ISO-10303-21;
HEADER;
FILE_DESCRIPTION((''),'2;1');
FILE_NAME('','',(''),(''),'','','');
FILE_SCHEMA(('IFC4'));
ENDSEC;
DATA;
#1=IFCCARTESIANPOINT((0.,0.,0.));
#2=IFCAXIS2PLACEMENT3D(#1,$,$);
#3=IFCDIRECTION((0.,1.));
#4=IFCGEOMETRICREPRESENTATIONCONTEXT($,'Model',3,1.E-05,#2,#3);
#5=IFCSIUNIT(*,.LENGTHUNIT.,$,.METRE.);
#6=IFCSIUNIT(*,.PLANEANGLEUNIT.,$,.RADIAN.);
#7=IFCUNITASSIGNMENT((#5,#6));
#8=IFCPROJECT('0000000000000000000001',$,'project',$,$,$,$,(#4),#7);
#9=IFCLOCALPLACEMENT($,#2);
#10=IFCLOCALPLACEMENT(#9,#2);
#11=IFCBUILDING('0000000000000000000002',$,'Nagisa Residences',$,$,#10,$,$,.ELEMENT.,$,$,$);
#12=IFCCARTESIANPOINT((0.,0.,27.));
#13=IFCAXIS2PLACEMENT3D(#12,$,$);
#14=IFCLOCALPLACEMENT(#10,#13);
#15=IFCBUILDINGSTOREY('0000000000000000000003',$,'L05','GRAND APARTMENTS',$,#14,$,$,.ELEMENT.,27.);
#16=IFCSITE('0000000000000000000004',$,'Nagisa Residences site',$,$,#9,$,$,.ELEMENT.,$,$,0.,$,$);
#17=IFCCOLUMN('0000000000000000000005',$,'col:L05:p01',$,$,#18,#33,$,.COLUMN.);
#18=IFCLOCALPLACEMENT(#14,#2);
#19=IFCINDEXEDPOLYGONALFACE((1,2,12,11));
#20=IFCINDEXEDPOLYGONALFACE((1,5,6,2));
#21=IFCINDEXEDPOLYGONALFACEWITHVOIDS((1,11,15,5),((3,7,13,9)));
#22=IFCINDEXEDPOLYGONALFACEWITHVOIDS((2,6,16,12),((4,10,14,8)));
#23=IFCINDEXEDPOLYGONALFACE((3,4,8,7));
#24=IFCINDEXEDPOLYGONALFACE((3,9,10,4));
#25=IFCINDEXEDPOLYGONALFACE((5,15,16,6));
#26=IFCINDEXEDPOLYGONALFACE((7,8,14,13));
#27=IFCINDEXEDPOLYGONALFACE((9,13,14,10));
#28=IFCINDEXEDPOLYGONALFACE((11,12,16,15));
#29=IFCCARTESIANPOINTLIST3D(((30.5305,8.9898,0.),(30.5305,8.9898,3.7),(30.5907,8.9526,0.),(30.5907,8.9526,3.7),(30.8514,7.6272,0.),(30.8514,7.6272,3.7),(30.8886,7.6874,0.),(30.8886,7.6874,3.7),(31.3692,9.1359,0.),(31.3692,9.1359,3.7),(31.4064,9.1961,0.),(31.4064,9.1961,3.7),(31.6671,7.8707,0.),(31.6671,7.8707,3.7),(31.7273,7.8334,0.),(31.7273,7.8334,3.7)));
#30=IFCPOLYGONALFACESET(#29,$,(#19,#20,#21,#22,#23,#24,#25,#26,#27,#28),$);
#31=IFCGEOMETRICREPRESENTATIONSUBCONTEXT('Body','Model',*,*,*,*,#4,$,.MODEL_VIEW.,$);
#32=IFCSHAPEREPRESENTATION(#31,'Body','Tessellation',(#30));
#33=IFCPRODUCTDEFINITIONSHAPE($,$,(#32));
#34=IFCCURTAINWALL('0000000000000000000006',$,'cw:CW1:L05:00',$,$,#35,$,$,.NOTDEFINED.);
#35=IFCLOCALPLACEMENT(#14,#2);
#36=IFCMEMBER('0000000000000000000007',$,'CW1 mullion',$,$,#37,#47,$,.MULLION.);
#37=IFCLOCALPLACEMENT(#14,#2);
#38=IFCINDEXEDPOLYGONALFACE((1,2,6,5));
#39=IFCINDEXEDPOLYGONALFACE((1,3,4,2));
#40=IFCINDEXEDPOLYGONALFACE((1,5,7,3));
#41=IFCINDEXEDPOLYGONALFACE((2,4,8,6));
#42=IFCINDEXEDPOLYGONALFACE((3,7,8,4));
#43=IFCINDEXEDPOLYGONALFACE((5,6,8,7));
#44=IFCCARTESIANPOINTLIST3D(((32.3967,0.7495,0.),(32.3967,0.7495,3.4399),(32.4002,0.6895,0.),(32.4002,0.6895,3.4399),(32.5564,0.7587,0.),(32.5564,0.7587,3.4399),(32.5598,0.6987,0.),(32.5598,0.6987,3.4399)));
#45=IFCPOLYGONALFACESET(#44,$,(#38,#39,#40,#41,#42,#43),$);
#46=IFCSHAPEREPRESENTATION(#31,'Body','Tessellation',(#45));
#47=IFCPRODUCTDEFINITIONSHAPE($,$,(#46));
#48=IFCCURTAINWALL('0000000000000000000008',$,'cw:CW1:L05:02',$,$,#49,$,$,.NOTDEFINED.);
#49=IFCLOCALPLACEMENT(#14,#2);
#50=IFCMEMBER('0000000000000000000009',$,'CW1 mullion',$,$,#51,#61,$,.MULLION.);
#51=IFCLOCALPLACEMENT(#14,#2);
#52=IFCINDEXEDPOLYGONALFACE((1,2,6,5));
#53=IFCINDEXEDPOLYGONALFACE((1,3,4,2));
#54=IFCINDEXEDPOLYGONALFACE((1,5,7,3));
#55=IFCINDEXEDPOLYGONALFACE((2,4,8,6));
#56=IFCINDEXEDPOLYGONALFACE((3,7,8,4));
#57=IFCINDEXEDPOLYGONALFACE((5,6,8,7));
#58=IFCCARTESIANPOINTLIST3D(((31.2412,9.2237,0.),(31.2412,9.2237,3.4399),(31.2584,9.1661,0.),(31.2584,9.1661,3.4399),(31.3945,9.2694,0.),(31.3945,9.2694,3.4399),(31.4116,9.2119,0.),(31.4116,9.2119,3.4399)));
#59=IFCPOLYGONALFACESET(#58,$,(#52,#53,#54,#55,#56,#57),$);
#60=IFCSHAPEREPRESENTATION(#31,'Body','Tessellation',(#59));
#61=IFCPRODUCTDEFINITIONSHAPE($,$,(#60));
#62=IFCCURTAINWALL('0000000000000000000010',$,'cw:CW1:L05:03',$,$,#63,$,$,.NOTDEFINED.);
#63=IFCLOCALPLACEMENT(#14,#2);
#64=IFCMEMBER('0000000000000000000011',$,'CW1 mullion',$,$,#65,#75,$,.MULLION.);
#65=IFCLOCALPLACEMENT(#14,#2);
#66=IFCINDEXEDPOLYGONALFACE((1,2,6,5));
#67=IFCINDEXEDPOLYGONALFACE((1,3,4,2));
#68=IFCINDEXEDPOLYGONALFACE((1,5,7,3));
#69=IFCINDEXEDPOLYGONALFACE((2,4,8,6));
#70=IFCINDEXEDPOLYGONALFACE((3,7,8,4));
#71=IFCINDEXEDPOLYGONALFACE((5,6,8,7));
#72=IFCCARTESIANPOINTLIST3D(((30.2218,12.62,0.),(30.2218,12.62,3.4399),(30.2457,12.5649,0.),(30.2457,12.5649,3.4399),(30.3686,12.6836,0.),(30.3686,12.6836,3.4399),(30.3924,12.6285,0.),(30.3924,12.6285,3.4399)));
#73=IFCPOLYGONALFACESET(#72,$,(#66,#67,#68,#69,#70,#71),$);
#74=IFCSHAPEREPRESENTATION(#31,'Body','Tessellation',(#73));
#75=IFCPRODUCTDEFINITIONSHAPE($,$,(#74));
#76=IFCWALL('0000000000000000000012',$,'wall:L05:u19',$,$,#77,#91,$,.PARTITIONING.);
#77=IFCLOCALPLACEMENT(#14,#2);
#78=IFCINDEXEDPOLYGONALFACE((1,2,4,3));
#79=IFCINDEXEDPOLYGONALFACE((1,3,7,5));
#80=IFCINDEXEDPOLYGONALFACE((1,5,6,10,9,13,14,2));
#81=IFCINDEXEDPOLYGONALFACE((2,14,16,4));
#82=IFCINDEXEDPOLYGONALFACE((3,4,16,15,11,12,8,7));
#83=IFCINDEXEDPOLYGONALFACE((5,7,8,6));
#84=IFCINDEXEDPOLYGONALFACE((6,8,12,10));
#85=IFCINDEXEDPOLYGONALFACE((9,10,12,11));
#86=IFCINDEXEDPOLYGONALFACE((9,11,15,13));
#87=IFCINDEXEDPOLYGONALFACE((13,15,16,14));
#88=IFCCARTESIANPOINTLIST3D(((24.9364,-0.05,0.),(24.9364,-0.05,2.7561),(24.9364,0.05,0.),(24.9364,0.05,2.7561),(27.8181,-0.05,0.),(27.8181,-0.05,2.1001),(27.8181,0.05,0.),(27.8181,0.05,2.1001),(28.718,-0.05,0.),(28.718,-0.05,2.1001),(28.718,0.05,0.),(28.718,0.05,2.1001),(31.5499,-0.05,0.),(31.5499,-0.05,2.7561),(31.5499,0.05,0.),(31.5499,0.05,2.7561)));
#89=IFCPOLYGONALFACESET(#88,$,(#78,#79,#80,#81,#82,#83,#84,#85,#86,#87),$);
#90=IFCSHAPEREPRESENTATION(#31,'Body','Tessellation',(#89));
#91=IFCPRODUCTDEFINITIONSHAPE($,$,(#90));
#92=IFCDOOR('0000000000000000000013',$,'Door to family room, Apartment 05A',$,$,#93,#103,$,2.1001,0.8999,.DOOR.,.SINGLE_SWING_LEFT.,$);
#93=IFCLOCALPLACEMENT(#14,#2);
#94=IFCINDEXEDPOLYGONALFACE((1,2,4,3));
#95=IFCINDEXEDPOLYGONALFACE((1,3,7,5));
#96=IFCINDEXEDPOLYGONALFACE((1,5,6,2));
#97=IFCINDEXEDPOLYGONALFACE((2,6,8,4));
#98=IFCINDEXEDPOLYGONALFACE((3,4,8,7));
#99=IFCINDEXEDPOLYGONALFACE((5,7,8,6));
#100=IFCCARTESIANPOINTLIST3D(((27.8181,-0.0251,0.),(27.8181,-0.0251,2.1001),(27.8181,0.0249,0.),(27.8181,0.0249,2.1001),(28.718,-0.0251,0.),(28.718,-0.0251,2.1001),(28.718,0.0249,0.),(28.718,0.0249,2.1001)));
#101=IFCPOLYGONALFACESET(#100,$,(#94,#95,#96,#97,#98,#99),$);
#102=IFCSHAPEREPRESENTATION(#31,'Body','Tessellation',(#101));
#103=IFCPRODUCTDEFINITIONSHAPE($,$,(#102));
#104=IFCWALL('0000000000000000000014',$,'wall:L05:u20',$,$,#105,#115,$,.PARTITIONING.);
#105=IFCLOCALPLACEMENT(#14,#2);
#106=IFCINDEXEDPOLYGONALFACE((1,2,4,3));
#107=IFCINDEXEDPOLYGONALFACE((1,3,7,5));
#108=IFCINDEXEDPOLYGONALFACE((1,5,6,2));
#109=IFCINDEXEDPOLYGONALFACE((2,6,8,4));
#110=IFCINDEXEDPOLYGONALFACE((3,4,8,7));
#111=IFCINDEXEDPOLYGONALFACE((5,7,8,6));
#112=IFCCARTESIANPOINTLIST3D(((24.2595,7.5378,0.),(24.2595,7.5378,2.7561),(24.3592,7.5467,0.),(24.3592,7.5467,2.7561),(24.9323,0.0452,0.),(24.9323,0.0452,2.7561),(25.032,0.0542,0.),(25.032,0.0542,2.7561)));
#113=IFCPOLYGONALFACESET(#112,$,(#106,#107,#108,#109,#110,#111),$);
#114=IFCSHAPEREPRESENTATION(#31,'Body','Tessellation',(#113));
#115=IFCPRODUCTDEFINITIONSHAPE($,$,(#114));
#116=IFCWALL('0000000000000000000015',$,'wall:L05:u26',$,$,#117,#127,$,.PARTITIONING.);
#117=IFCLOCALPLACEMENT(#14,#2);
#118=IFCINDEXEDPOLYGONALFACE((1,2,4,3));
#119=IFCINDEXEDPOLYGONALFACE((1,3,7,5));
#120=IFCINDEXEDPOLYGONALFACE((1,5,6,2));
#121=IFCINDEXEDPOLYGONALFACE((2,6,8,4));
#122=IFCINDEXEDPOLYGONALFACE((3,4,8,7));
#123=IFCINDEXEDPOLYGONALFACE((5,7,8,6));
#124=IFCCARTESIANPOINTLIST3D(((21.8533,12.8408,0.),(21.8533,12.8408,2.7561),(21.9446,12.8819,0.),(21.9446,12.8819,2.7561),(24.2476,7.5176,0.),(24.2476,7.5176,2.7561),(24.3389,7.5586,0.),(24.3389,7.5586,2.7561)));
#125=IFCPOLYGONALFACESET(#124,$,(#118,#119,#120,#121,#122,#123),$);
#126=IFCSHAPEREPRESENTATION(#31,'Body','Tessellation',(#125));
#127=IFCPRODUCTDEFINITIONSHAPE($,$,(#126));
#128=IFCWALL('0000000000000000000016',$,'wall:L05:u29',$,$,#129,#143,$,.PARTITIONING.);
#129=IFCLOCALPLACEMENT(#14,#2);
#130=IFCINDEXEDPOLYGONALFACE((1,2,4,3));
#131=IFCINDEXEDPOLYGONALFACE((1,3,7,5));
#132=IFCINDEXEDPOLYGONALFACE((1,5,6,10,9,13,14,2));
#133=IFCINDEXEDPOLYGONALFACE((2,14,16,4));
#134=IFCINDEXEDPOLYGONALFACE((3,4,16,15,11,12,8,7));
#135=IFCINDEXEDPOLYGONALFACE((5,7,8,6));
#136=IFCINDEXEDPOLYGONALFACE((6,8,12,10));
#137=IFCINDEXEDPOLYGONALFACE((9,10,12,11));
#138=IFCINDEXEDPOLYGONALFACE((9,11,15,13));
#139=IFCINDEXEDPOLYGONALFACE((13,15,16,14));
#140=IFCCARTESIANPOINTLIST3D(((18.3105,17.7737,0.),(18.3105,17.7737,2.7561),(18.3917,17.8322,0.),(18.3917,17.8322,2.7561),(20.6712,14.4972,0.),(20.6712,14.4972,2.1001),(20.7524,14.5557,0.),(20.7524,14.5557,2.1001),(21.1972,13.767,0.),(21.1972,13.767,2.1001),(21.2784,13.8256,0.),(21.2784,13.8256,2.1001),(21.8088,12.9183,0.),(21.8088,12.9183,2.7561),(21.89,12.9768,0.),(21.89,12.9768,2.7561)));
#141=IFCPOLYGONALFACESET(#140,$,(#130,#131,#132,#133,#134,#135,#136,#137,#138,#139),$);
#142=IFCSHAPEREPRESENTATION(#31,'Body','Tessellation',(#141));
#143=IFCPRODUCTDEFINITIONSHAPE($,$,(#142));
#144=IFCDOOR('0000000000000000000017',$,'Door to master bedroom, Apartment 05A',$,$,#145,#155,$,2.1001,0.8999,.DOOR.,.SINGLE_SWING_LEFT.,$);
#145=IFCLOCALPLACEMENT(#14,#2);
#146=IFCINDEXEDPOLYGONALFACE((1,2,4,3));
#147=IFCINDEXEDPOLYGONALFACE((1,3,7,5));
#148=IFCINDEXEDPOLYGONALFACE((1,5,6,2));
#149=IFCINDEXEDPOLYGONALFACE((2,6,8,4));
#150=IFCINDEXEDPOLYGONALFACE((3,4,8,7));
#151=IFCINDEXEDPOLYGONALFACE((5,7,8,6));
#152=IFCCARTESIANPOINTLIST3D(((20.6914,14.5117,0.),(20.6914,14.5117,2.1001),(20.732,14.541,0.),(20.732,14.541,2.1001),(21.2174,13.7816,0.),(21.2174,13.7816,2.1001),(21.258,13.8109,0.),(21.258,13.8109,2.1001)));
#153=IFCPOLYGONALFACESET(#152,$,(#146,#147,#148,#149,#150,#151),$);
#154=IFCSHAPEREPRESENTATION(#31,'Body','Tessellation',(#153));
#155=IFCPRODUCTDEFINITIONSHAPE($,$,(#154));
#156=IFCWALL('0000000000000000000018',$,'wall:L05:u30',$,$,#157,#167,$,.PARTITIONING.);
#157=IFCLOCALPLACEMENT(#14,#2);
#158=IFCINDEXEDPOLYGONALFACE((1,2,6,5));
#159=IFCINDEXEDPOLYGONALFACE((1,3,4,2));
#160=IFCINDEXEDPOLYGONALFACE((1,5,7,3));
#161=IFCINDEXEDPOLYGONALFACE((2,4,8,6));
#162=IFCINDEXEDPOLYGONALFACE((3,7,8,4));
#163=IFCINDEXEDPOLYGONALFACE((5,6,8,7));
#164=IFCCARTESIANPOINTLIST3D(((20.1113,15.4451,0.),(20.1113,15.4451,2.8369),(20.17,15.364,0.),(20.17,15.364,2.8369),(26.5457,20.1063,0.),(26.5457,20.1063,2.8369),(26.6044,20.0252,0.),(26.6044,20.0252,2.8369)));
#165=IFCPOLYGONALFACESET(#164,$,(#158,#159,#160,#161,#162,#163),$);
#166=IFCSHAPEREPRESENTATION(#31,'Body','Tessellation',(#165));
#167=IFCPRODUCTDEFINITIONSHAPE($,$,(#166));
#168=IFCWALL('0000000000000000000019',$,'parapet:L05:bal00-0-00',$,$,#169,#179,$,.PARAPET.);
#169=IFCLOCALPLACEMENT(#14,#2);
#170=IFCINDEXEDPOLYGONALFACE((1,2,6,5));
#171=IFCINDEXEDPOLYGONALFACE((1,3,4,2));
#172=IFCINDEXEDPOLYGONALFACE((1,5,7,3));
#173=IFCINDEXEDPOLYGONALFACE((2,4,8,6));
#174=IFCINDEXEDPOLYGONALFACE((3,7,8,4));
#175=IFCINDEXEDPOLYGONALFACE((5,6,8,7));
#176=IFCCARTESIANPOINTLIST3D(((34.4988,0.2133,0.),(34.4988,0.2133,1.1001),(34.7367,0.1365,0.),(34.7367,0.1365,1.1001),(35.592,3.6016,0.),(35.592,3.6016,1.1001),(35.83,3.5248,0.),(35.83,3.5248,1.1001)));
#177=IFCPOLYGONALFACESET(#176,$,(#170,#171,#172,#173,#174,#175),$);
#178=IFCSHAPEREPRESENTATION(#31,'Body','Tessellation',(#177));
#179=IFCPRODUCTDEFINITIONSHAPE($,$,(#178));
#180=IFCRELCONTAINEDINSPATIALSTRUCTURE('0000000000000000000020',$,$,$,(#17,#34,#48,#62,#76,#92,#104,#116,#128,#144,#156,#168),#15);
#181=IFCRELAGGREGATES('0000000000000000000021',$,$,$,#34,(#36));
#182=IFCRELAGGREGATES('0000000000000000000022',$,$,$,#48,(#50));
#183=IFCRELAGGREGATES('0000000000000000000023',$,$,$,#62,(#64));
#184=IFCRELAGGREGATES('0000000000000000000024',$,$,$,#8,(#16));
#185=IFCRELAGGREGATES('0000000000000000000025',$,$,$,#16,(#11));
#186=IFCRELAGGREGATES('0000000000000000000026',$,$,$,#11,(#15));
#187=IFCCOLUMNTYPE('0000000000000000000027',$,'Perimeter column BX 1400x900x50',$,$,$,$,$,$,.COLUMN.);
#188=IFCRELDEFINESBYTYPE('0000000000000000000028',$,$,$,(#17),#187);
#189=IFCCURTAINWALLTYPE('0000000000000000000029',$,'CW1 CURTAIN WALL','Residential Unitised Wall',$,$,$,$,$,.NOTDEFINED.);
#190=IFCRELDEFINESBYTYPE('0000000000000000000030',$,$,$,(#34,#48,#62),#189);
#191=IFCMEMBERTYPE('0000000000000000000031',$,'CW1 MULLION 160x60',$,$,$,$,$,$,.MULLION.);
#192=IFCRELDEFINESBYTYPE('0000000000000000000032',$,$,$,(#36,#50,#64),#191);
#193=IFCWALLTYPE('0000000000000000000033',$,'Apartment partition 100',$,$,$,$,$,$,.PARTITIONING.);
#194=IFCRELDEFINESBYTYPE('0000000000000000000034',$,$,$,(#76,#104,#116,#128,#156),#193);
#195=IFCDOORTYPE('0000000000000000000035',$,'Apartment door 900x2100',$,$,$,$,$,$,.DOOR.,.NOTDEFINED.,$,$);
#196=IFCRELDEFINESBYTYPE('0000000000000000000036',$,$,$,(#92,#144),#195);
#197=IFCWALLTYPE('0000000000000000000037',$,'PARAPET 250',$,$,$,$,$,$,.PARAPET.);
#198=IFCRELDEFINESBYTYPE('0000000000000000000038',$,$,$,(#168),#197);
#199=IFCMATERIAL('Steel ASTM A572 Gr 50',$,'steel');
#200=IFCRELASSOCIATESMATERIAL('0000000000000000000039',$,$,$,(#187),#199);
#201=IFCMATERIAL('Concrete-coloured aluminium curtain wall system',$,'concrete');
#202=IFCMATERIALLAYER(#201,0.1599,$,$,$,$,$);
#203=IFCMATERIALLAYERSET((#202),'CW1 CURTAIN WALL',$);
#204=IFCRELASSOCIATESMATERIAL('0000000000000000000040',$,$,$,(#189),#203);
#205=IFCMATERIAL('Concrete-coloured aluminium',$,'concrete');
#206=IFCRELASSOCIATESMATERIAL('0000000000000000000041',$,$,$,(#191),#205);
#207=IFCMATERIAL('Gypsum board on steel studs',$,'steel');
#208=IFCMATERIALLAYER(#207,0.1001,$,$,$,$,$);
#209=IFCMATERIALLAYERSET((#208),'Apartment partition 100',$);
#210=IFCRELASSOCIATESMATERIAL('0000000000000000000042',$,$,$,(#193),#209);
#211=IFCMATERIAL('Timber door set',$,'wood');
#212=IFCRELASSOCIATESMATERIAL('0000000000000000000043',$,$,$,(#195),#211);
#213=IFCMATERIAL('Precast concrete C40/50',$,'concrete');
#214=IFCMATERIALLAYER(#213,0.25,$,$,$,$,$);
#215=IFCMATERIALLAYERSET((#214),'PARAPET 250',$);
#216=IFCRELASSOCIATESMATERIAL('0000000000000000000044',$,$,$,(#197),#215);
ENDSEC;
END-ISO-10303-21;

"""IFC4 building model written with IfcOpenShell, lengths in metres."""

from ifc_helpers import new_model, si_unit, direction, frame, frame_2d, origin, origin_2d, place, context, subcontext, project, spatial, rectangle, hollow_rectangle, extrude, material, layer, layer_set, material_profile, profile_set, type_object, element, fill, aggregate, save


model = new_model("IFC4")

# Units and contexts
model_context = context("Model", 3, precision=1e-05, world=origin(), true_north=direction((0.0, 1.0)))
body_context = subcontext(model_context, "Body", "Model", "MODEL_VIEW")
ifc_project = project(units=[si_unit("LENGTHUNIT", "METRE"), si_unit("PLANEANGLEUNIT", "RADIAN")], contexts=[model_context])

# Site, building, storey
site_placement = place(None, origin())
site = spatial("IfcSite", under=ifc_project, at=site_placement, Name="Nagisa Residences site", CompositionType="ELEMENT", RefElevation=0.0)
building_placement = place(site_placement, origin())
building = spatial("IfcBuilding", under=site, at=building_placement, Name="Nagisa Residences", CompositionType="ELEMENT")
storey_placement = place(building_placement, frame((0.0, 0.0, 27.0)))
storey = spatial("IfcBuildingStorey", under=building, at=storey_placement, Name="L05", Description="GRAND APARTMENTS", CompositionType="ELEMENT", Elevation=27.0)

# Column
ifc_material_1 = material(Name="Steel ASTM A572 Gr 50", Category="steel")
ifc_material_profile_1 = material_profile(ifc_material_1, hollow_rectangle(XDim=1.3999, YDim=0.8999, WallThickness=0.05, at=origin_2d()), Name="BX 1400x900x50")
ifc_profile_set_1 = profile_set([ifc_material_profile_1], Name="Steel ASTM A572 Gr 50")
column_type = type_object("IfcColumnType", Name="Perimeter column BX 1400x900x50", PredefinedType="COLUMN", material=ifc_profile_set_1)
column_placement = place(storey_placement, frame((31.1289, 8.4116, 0.0), z_axis=(0.0, 0.0, 1.0), x_axis=(-0.229202, 0.973379, 0.0)))
element("IfcColumn", 1, at=column_placement, inside=storey, type_object=column_type, Name="col:L05:p01", PredefinedType="COLUMN", context=body_context, shape_type="SweptSolid", body=[
    extrude(hollow_rectangle(XDim=1.3999, YDim=0.8999, WallThickness=0.05, at=origin_2d()), origin(), (0.0, 0.0, 1.0), 3.7),
])

# Curtain walls, members
ifc_material_2 = material(Name="Concrete-coloured aluminium curtain wall system", Category="concrete")
ifc_layer_1 = layer(ifc_material_2, 0.1599)
ifc_layer_set_1 = layer_set([ifc_layer_1], Name="CW1 CURTAIN WALL")
curtain_wall_type = type_object("IfcCurtainWallType", Name="CW1 CURTAIN WALL", Description="Residential Unitised Wall", PredefinedType="NOTDEFINED", material=ifc_layer_set_1)
curtain_wall_1_placement = place(storey_placement, origin())
curtain_wall_1 = element("IfcCurtainWall", 2, at=curtain_wall_1_placement, inside=storey, type_object=curtain_wall_type, Name="cw:CW1:L05:00", PredefinedType="NOTDEFINED")
ifc_material_3 = material(Name="Concrete-coloured aluminium", Category="concrete")
ifc_material_profile_2 = material_profile(ifc_material_3, rectangle(XDim=0.1599, YDim=0.0601, at=origin_2d()), Name="CW1 MULLION 160x60")
ifc_profile_set_2 = profile_set([ifc_material_profile_2], Name="Concrete-coloured aluminium")
member_type = type_object("IfcMemberType", Name="CW1 MULLION 160x60", PredefinedType="MULLION", material=ifc_profile_set_2)
member_1_placement = place(storey_placement, frame((32.4783, 0.7241, 0.0), z_axis=(0.0, 0.0, 1.0), x_axis=(-0.998345, -0.057503, 0.0)))
member_1 = element("IfcMember", 3, at=member_1_placement, type_object=member_type, Name="CW1 mullion", PredefinedType="MULLION", context=body_context, shape_type="SweptSolid", body=[
    extrude(rectangle(XDim=0.1599, YDim=0.0601, at=origin_2d()), origin(), (0.0, 0.0, 1.0), 3.4399),
])
aggregate(curtain_wall_1, [member_1])
curtain_wall_2_placement = place(storey_placement, origin())
curtain_wall_2 = element("IfcCurtainWall", 4, at=curtain_wall_2_placement, inside=storey, type_object=curtain_wall_type, Name="cw:CW1:L05:02", PredefinedType="NOTDEFINED")
member_2_placement = place(storey_placement, frame((31.3264, 9.2178, 0.0), z_axis=(0.0, 0.0, 1.0), x_axis=(-0.958271, -0.28586, 0.0)))
member_2 = element("IfcMember", 5, at=member_2_placement, type_object=member_type, Name="CW1 mullion", PredefinedType="MULLION", context=body_context, shape_type="SweptSolid", body=[
    extrude(rectangle(XDim=0.1599, YDim=0.0601, at=origin_2d()), origin(), (0.0, 0.0, 1.0), 3.4399),
])
aggregate(curtain_wall_2, [member_2])
curtain_wall_3_placement = place(storey_placement, origin())
curtain_wall_3 = element("IfcCurtainWall", 6, at=curtain_wall_3_placement, inside=storey, type_object=curtain_wall_type, Name="cw:CW1:L05:03", PredefinedType="NOTDEFINED")
member_3_placement = place(storey_placement, frame((30.3071, 12.6243, 0.0), z_axis=(0.0, 0.0, 1.0), x_axis=(-0.917543, -0.397636, 0.0)))
member_3 = element("IfcMember", 7, at=member_3_placement, type_object=member_type, Name="CW1 mullion", PredefinedType="MULLION", context=body_context, shape_type="SweptSolid", body=[
    extrude(rectangle(XDim=0.1599, YDim=0.0601, at=origin_2d()), origin(), (0.0, 0.0, 1.0), 3.4399),
])
aggregate(curtain_wall_3, [member_3])

# Wall, opening, door
ifc_material_4 = material(Name="Gypsum board on steel studs", Category="steel")
ifc_layer_2 = layer(ifc_material_4, 0.1001)
ifc_layer_set_2 = layer_set([ifc_layer_2], Name="Apartment partition 100")
wall_type_1 = type_object("IfcWallType", Name="Apartment partition 100", PredefinedType="PARTITIONING", material=ifc_layer_set_2)
wall_1_placement = place(storey_placement, frame((24.9365, 0.0, 0.0), z_axis=(0.0, 0.0, 1.0), x_axis=(1.0, 0.0, 0.0)))
wall_1 = element("IfcWall", 8, at=wall_1_placement, inside=storey, type_object=wall_type_1, Name="wall:L05:u19", PredefinedType="PARTITIONING", context=body_context, shape_type="SweptSolid", body=[
    extrude(rectangle(XDim=6.6135, YDim=0.1001, at=frame_2d((3.3066, 0.0))), origin(), (0.0, 0.0, 1.0), 2.7561),
])
opening_1_placement = place(wall_1_placement, frame((2.8816, 0.0, 0.0)))
opening_1 = element("IfcOpeningElement", 9, at=opening_1_placement, cuts=wall_1, PredefinedType="OPENING", context=body_context, shape_type="SweptSolid", body=[
    extrude(rectangle(XDim=0.8999, YDim=2.1001, at=frame_2d((0.45, 1.05))), frame((0.0, 0.0601, 0.0), z_axis=(0.0, -1.0, 0.0), x_axis=(1.0, 0.0, 0.0)), (0.0, 0.0, 1.0), 0.1201),
])
ifc_material_5 = material(Name="Timber door set", Category="wood")
door_type_1 = type_object("IfcDoorType", Name="Apartment door 900x2100", OperationType="NOTDEFINED", PredefinedType="DOOR", material=ifc_material_5)
door_1_placement = place(opening_1_placement, origin())
door_1 = element("IfcDoor", 10, at=door_1_placement, inside=storey, type_object=door_type_1, Name="Door to family room, Apartment 05A", OperationType="SINGLE_SWING_LEFT", OverallHeight=2.1001, OverallWidth=0.8999, PredefinedType="DOOR", context=body_context, shape_type="SweptSolid", body=[
    extrude(rectangle(XDim=0.8999, YDim=2.1001, at=frame_2d((0.45, 1.05))), frame((0.0, 0.0249, 0.0), z_axis=(0.0, -1.0, 0.0), x_axis=(1.0, 0.0, 0.0)), (0.0, 0.0, 1.0), 0.05),
])
fill(opening_1, door_1)

# Walls
wall_2_placement = place(storey_placement, frame((24.9822, 0.0498, 0.0), z_axis=(0.0, 0.0, 1.0), x_axis=(-0.089444, 0.995992, 0.0)))
element("IfcWall", 11, at=wall_2_placement, inside=storey, type_object=wall_type_1, Name="wall:L05:u20", PredefinedType="PARTITIONING", context=body_context, shape_type="SweptSolid", body=[
    extrude(rectangle(XDim=7.5227, YDim=0.1001, at=frame_2d((3.7612, 0.0))), origin(), (0.0, 0.0, 1.0), 2.7561),
])
wall_3_placement = place(storey_placement, frame((24.2932, 7.5381, 0.0), z_axis=(0.0, 0.0, 1.0), x_axis=(-0.410198, 0.911997, 0.0)))
element("IfcWall", 12, at=wall_3_placement, inside=storey, type_object=wall_type_1, Name="wall:L05:u26", PredefinedType="PARTITIONING", context=body_context, shape_type="SweptSolid", body=[
    extrude(rectangle(XDim=5.8369, YDim=0.1001, at=frame_2d((2.9185, 0.0))), origin(), (0.0, 0.0, 1.0), 2.7561),
])

# Wall, opening, door
wall_4_placement = place(storey_placement, frame((21.8494, 12.9475, 0.0), z_axis=(0.0, 0.0, 1.0), x_axis=(-0.584564, 0.811348, 0.0)))
wall_4 = element("IfcWall", 13, at=wall_4_placement, inside=storey, type_object=wall_type_1, Name="wall:L05:u29", PredefinedType="PARTITIONING", context=body_context, shape_type="SweptSolid", body=[
    extrude(rectangle(XDim=5.9844, YDim=0.1001, at=frame_2d((2.9922, 0.0))), origin(), (0.0, 0.0, 1.0), 2.7561),
])
opening_2_placement = place(wall_4_placement, frame((1.0461, 0.0, 0.0)))
opening_2 = element("IfcOpeningElement", 14, at=opening_2_placement, cuts=wall_4, PredefinedType="OPENING", context=body_context, shape_type="SweptSolid", body=[
    extrude(rectangle(XDim=0.8999, YDim=2.1001, at=frame_2d((0.45, 1.05))), frame((0.0, 0.0601, 0.0), z_axis=(0.0, -1.0, 0.0), x_axis=(1.0, 0.0, 0.0)), (0.0, 0.0, 1.0), 0.1201),
])
door_2_placement = place(opening_2_placement, frame((0.8999, 0.0, 0.0), x_axis=(-1.0, 0.0, 0.0)))
door_2 = element("IfcDoor", 15, at=door_2_placement, inside=storey, type_object=door_type_1, Name="Door to master bedroom, Apartment 05A", OperationType="SINGLE_SWING_LEFT", OverallHeight=2.1001, OverallWidth=0.8999, PredefinedType="DOOR", context=body_context, shape_type="SweptSolid", body=[
    extrude(rectangle(XDim=0.8999, YDim=2.1001, at=frame_2d((0.45, 1.05))), frame((0.0, 0.0249, 0.0), z_axis=(0.0, -1.0, 0.0), x_axis=(1.0, 0.0, 0.0)), (0.0, 0.0, 1.0), 0.05),
])
fill(opening_2, door_2)

# Wall
wall_5_placement = place(storey_placement, frame((20.1406, 15.4045, 0.0), z_axis=(0.0, 0.0, 1.0), x_axis=(0.809835, 0.586658, 0.0)))
element("IfcWall", 16, at=wall_5_placement, inside=storey, type_object=wall_type_1, Name="wall:L05:u30", PredefinedType="PARTITIONING", context=body_context, shape_type="SweptSolid", body=[
    extrude(rectangle(XDim=7.9453, YDim=0.1001, at=frame_2d((3.9727, 0.0))), origin(), (0.0, 0.0, 1.0), 2.8369),
])

# Wall
ifc_material_6 = material(Name="Precast concrete C40/50", Category="concrete")
ifc_layer_3 = layer(ifc_material_6, 0.25)
ifc_layer_set_3 = layer_set([ifc_layer_3], Name="PARAPET 250")
wall_type_2 = type_object("IfcWallType", Name="PARAPET 250", PredefinedType="PARAPET", material=ifc_layer_set_3)
wall_6_placement = place(storey_placement, frame((34.6177, 0.1748, 0.0), z_axis=(0.0, 0.0, 1.0), x_axis=(0.307079, 0.951684, 0.0)))
element("IfcWall", 17, at=wall_6_placement, inside=storey, type_object=wall_type_2, Name="parapet:L05:bal00-0-00", PredefinedType="PARAPET", context=body_context, shape_type="SweptSolid", body=[
    extrude(rectangle(XDim=3.5603, YDim=0.25, at=frame_2d((1.7803, 0.0))), origin(), (0.0, 0.0, 1.0), 1.1001),
])

save(model, "model.ifc")
